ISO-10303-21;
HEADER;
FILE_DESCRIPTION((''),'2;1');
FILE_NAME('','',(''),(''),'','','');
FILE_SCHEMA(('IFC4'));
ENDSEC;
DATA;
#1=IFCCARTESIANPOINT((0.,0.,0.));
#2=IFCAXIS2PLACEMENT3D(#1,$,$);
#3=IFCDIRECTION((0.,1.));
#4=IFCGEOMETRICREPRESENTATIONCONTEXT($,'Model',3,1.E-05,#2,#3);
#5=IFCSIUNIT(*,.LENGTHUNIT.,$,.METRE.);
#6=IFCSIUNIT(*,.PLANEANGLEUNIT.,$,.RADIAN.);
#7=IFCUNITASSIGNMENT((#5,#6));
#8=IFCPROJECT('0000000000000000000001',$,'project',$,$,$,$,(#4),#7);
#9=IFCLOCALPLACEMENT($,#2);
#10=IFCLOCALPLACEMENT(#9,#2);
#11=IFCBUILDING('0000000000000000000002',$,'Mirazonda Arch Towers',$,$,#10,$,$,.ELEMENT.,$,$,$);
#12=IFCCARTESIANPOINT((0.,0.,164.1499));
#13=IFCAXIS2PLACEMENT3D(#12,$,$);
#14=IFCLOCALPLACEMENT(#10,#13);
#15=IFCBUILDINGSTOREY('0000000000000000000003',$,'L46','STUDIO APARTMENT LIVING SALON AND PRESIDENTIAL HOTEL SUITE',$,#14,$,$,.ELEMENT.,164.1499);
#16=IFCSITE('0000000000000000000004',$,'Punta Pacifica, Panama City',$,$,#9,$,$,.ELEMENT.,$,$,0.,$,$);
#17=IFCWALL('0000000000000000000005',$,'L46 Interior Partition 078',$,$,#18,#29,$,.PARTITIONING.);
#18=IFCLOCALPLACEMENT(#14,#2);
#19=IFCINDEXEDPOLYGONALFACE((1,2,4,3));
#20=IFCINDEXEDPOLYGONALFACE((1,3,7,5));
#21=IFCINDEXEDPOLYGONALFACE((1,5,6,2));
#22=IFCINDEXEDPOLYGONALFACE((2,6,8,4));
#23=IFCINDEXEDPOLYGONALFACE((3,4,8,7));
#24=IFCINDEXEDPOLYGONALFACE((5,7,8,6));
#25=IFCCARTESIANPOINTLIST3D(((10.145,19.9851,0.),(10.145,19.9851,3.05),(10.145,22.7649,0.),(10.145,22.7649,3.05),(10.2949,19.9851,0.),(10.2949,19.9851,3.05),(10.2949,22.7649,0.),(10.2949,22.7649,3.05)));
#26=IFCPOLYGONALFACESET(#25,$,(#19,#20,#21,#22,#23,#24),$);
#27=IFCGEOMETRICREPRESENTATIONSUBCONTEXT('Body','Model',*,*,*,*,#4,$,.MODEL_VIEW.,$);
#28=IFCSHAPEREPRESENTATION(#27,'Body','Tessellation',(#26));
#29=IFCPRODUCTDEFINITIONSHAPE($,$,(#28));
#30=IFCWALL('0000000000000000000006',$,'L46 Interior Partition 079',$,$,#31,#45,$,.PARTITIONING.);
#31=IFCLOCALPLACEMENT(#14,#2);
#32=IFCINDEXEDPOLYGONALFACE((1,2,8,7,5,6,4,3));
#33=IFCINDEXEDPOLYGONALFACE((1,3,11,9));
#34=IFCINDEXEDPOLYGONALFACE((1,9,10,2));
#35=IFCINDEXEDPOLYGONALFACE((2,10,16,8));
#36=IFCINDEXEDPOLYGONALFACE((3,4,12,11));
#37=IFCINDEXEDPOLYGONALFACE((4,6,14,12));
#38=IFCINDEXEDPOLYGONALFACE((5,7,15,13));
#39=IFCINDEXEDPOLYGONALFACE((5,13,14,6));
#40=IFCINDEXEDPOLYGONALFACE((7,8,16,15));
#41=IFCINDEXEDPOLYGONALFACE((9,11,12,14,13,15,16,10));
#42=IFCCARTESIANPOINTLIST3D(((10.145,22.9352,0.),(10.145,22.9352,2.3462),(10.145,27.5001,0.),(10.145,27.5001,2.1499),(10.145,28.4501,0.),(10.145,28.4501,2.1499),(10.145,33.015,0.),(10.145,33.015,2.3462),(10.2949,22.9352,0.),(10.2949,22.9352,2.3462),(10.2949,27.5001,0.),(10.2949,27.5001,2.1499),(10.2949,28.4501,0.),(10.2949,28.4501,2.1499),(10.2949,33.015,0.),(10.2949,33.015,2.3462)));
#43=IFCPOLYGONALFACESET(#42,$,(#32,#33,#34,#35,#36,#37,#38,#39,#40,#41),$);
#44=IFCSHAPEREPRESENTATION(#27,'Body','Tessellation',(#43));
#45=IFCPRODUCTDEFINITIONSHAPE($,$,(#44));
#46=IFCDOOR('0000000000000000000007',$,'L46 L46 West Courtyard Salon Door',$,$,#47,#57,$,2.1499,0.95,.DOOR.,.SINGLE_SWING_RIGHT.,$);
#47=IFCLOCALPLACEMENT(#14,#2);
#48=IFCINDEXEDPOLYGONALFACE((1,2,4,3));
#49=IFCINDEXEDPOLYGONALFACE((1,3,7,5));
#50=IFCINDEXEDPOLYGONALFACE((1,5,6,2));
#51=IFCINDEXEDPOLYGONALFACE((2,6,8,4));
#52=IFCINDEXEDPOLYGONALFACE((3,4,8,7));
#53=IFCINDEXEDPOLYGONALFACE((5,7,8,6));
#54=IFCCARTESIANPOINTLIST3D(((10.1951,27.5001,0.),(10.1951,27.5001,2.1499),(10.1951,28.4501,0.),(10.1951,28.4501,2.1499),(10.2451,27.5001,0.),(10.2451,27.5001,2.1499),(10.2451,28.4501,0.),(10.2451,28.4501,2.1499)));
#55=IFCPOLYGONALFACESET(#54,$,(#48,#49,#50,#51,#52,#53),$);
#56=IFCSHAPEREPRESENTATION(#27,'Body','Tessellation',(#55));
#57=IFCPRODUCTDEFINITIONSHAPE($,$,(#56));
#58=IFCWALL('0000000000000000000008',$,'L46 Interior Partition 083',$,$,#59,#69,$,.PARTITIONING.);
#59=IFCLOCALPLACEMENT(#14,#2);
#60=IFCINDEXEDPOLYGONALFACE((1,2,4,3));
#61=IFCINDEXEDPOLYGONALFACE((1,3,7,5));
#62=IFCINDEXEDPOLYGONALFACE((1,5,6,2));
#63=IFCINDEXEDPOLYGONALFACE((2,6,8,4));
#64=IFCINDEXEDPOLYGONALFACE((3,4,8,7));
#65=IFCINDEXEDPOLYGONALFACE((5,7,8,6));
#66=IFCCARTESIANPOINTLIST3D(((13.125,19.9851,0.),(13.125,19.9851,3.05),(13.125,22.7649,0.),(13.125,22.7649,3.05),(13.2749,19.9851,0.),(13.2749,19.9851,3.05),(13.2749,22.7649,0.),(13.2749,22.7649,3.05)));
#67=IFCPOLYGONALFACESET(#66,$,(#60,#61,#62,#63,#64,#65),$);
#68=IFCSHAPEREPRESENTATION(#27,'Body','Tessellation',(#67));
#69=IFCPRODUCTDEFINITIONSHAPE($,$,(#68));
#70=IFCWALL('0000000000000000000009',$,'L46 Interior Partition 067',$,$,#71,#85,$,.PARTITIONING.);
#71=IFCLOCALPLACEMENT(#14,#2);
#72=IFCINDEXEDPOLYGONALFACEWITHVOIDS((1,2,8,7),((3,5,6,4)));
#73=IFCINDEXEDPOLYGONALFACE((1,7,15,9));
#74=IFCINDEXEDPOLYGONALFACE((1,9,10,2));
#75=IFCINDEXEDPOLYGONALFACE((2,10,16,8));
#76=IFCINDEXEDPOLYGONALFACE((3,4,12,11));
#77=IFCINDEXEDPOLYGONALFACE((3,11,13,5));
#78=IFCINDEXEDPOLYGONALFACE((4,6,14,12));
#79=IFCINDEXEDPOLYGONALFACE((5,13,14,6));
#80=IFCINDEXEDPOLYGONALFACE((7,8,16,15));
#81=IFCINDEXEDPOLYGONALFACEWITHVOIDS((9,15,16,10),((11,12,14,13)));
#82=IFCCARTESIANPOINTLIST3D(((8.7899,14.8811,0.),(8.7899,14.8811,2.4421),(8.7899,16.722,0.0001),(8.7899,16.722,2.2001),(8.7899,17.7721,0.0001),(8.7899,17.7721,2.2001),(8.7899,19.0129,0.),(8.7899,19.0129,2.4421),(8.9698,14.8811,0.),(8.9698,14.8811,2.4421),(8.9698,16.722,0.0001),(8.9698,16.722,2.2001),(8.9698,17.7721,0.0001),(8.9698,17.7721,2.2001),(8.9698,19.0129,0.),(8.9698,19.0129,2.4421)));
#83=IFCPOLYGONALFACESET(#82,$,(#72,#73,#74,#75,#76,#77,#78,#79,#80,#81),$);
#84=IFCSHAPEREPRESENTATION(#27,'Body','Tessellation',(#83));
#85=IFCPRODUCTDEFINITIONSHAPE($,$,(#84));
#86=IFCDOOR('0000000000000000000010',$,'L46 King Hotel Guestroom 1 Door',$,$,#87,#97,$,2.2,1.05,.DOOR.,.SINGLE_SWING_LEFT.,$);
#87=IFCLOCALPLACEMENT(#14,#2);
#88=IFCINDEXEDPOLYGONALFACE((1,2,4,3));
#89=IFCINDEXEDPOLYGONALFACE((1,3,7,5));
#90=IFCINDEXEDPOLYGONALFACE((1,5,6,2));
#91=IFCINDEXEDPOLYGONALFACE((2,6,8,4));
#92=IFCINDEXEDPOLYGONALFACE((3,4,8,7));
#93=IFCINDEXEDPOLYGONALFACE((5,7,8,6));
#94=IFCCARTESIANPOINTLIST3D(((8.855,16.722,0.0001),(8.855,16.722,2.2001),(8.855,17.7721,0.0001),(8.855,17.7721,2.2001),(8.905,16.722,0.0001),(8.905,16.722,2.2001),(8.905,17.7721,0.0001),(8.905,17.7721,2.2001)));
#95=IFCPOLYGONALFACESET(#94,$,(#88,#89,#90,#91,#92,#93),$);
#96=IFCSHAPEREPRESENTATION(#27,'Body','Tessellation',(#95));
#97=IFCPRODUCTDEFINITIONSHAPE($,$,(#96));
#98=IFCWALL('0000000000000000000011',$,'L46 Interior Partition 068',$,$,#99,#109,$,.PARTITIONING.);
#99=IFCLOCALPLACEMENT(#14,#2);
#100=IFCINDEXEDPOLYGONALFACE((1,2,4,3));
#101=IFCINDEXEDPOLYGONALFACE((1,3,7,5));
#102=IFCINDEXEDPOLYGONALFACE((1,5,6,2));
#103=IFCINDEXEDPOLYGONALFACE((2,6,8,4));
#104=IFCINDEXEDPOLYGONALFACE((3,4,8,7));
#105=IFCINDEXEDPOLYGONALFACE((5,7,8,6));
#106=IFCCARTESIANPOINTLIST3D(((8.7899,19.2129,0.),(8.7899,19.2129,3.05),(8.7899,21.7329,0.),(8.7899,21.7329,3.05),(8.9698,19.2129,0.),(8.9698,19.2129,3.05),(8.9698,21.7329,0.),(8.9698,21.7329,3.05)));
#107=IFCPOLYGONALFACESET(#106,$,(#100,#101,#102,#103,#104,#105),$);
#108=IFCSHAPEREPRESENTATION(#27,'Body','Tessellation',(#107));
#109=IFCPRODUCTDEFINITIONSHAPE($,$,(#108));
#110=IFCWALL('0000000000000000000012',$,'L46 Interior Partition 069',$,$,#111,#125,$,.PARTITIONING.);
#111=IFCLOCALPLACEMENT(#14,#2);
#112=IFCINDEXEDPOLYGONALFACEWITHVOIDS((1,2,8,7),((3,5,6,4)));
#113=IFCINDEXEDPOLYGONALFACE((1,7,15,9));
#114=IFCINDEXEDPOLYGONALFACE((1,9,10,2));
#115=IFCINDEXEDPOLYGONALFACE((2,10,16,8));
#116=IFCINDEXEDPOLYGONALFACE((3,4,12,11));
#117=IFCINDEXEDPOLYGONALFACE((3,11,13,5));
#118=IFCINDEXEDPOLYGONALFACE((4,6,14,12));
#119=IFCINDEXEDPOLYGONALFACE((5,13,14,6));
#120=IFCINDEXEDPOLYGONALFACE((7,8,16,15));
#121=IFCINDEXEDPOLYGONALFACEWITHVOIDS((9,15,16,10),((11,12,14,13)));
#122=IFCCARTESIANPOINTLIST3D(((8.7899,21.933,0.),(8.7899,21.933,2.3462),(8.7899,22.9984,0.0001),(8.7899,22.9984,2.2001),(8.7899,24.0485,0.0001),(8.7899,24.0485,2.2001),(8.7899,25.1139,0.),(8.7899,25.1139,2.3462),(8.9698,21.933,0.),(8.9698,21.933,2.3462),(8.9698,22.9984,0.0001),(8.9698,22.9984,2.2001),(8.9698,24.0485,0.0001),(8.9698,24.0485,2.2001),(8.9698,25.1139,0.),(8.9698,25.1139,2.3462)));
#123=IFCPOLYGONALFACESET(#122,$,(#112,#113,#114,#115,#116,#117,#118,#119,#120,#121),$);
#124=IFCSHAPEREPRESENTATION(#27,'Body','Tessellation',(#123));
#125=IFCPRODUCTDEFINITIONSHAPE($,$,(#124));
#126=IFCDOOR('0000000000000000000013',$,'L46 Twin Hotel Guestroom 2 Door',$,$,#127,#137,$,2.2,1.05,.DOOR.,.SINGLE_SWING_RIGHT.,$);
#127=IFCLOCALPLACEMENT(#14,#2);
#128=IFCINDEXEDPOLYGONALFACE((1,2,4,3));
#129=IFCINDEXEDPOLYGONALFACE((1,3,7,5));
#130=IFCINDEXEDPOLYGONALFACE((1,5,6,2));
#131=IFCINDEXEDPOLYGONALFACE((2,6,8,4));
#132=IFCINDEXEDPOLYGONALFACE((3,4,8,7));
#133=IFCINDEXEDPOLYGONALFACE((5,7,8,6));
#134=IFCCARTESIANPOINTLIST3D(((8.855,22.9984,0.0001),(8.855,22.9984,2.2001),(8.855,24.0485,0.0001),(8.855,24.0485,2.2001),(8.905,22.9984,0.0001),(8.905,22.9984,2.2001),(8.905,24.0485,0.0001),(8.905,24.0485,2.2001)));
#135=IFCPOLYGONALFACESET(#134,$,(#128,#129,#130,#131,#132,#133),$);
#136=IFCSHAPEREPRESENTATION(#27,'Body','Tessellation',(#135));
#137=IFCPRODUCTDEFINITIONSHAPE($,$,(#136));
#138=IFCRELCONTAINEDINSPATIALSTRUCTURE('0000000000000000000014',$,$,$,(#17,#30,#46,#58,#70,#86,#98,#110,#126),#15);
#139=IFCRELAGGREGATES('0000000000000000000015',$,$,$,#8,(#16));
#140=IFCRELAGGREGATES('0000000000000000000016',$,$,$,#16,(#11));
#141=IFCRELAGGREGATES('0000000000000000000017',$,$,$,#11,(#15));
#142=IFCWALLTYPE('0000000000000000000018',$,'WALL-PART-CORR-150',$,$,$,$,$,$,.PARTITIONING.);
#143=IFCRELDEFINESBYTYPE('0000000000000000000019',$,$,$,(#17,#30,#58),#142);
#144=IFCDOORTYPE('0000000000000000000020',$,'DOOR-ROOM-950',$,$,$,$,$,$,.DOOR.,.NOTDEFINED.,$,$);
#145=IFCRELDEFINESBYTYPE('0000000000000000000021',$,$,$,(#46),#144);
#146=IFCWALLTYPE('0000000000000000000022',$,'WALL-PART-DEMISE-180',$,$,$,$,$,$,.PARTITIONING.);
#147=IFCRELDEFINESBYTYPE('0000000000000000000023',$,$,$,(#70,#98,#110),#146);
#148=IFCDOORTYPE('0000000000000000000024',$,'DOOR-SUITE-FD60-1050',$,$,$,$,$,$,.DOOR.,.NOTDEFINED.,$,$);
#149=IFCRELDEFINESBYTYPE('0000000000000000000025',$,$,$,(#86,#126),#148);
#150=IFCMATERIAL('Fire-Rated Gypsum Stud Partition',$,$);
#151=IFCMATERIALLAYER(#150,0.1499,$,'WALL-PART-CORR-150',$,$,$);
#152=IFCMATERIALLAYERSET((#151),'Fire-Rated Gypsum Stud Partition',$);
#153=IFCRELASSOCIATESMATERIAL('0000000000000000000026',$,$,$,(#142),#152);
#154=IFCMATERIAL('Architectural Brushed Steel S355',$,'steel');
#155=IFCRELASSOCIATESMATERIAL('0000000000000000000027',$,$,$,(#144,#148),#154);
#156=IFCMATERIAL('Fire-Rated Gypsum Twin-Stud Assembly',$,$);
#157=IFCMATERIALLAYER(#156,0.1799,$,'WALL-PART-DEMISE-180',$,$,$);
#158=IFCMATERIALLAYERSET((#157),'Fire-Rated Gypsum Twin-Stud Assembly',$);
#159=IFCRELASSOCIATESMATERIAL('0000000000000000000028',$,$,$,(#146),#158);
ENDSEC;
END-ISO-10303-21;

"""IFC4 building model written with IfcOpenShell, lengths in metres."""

from ifc_helpers import new_model, si_unit, direction, frame, frame_2d, origin, place, context, subcontext, project, spatial, rectangle, extrude, material, layer, layer_set, type_object, element, fill, save


model = new_model("IFC4")

# Units and contexts
model_context = context("Model", 3, precision=1e-05, world=origin(), true_north=direction((0.0, 1.0)))
body_context = subcontext(model_context, "Body", "Model", "MODEL_VIEW")
ifc_project = project(units=[si_unit("LENGTHUNIT", "METRE"), si_unit("PLANEANGLEUNIT", "RADIAN")], contexts=[model_context])

# Site, building, storey
site_placement = place(None, origin())
site = spatial("IfcSite", under=ifc_project, at=site_placement, Name="Punta Pacifica, Panama City", CompositionType="ELEMENT", RefElevation=0.0)
building_placement = place(site_placement, origin())
building = spatial("IfcBuilding", under=site, at=building_placement, Name="Mirazonda Arch Towers", CompositionType="ELEMENT")
storey_placement = place(building_placement, frame((0.0, 0.0, 164.1499)))
storey = spatial("IfcBuildingStorey", under=building, at=storey_placement, Name="L46", Description="STUDIO APARTMENT LIVING SALON AND PRESIDENTIAL HOTEL SUITE", CompositionType="ELEMENT", Elevation=164.1499)

# Shared definitions
ifc_material_1 = material(Name="Architectural Brushed Steel S355", Category="steel")

# Shared definitions
ifc_material_2 = material(Name="Fire-Rated Gypsum Stud Partition")
ifc_layer_1 = layer(ifc_material_2, 0.1499, Name="WALL-PART-CORR-150")
ifc_layer_set_1 = layer_set([ifc_layer_1], Name="Fire-Rated Gypsum Stud Partition")
wall_type_1 = type_object("IfcWallType", Name="WALL-PART-CORR-150", PredefinedType="PARTITIONING", material=ifc_layer_set_1)

# Shared definitions
door_type_1 = type_object("IfcDoorType", Name="DOOR-ROOM-950", OperationType="NOTDEFINED", PredefinedType="DOOR", material=ifc_material_1)

# Wall
wall_1_placement = place(storey_placement, frame((10.22, 19.9851, 0.0), z_axis=(0.0, 0.0, 1.0), x_axis=(0.0, 1.0, 0.0)))
element("IfcWall", 1, at=wall_1_placement, inside=storey, type_object=wall_type_1, Name="L46 Interior Partition 078", PredefinedType="PARTITIONING", context=body_context, shape_type="SweptSolid", body=[
    extrude(rectangle(XDim=2.7798, YDim=0.1499, at=frame_2d((1.3899, 0.0))), origin(), (0.0, 0.0, 1.0), 3.05),
])

# Wall, opening, door
wall_2_placement = place(storey_placement, frame((10.22, 22.9351, 0.0), z_axis=(0.0, 0.0, 1.0), x_axis=(0.0, 1.0, 0.0)))
wall_2 = element("IfcWall", 2, at=wall_2_placement, inside=storey, type_object=wall_type_1, Name="L46 Interior Partition 079", PredefinedType="PARTITIONING", context=body_context, shape_type="SweptSolid", body=[
    extrude(rectangle(XDim=10.0798, YDim=0.1499, at=frame_2d((5.04, 0.0))), origin(), (0.0, 0.0, 1.0), 2.3462),
])
opening_1_placement = place(wall_2_placement, frame((4.5649, 0.0, 0.0)))
opening_1 = element("IfcOpeningElement", 3, at=opening_1_placement, cuts=wall_2, PredefinedType="OPENING", context=body_context, shape_type="SweptSolid", body=[
    extrude(rectangle(XDim=0.95, YDim=2.1499, at=frame_2d((0.4751, 1.075))), frame((0.0, 0.085, 0.0), z_axis=(0.0, -1.0, 0.0), x_axis=(1.0, 0.0, 0.0)), (0.0, 0.0, 1.0), 0.1699),
])
door_1_placement = place(opening_1_placement, origin())
door_1 = element("IfcDoor", 4, at=door_1_placement, inside=storey, type_object=door_type_1, Name="L46 L46 West Courtyard Salon Door", OperationType="SINGLE_SWING_RIGHT", OverallHeight=2.1499, OverallWidth=0.95, PredefinedType="DOOR", context=body_context, shape_type="SweptSolid", body=[
    extrude(rectangle(XDim=0.95, YDim=2.1499, at=frame_2d((0.4751, 1.075))), frame((0.0, 0.0249, 0.0), z_axis=(0.0, -1.0, 0.0), x_axis=(1.0, 0.0, 0.0)), (0.0, 0.0, 1.0), 0.05),
])
fill(opening_1, door_1)

# Wall
wall_3_placement = place(storey_placement, frame((13.2, 19.9851, 0.0), z_axis=(0.0, 0.0, 1.0), x_axis=(0.0, 1.0, 0.0)))
element("IfcWall", 5, at=wall_3_placement, inside=storey, type_object=wall_type_1, Name="L46 Interior Partition 083", PredefinedType="PARTITIONING", context=body_context, shape_type="SweptSolid", body=[
    extrude(rectangle(XDim=2.7798, YDim=0.1499, at=frame_2d((1.3899, 0.0))), origin(), (0.0, 0.0, 1.0), 3.05),
])

# Wall, opening, door
ifc_material_3 = material(Name="Fire-Rated Gypsum Twin-Stud Assembly")
ifc_layer_2 = layer(ifc_material_3, 0.1799, Name="WALL-PART-DEMISE-180")
ifc_layer_set_2 = layer_set([ifc_layer_2], Name="Fire-Rated Gypsum Twin-Stud Assembly")
wall_type_2 = type_object("IfcWallType", Name="WALL-PART-DEMISE-180", PredefinedType="PARTITIONING", material=ifc_layer_set_2)
wall_4_placement = place(storey_placement, frame((8.8799, 14.8811, 0.0), z_axis=(0.0, 0.0, 1.0), x_axis=(0.0, 1.0, 0.0)))
wall_4 = element("IfcWall", 6, at=wall_4_placement, inside=storey, type_object=wall_type_2, Name="L46 Interior Partition 067", PredefinedType="PARTITIONING", context=body_context, shape_type="SweptSolid", body=[
    extrude(rectangle(XDim=4.1318, YDim=0.1799, at=frame_2d((2.0659, 0.0))), origin(), (0.0, 0.0, 1.0), 2.4421),
])
opening_2_placement = place(wall_4_placement, frame((1.8411, 0.0, 0.0)))
opening_2 = element("IfcOpeningElement", 7, at=opening_2_placement, cuts=wall_4, PredefinedType="OPENING", context=body_context, shape_type="SweptSolid", body=[
    extrude(rectangle(XDim=1.05, YDim=2.2, at=frame_2d((0.5249, 1.1001))), frame((0.0, 0.0999, 0.0), z_axis=(0.0, -1.0, 0.0), x_axis=(1.0, 0.0, 0.0)), (0.0, 0.0, 1.0), 0.2),
])
door_type_2 = type_object("IfcDoorType", Name="DOOR-SUITE-FD60-1050", OperationType="NOTDEFINED", PredefinedType="DOOR", material=ifc_material_1)
door_2_placement = place(opening_2_placement, origin())
door_2 = element("IfcDoor", 8, at=door_2_placement, inside=storey, type_object=door_type_2, Name="L46 King Hotel Guestroom 1 Door", OperationType="SINGLE_SWING_LEFT", OverallHeight=2.2, OverallWidth=1.05, PredefinedType="DOOR", context=body_context, shape_type="SweptSolid", body=[
    extrude(rectangle(XDim=1.05, YDim=2.2, at=frame_2d((0.5249, 1.1001))), frame((0.0, 0.0249, 0.0), z_axis=(0.0, -1.0, 0.0), x_axis=(1.0, 0.0, 0.0)), (0.0, 0.0, 1.0), 0.05),
])
fill(opening_2, door_2)

# Wall
wall_5_placement = place(storey_placement, frame((8.8799, 19.2129, 0.0), z_axis=(0.0, 0.0, 1.0), x_axis=(0.0, 1.0, 0.0)))
element("IfcWall", 9, at=wall_5_placement, inside=storey, type_object=wall_type_2, Name="L46 Interior Partition 068", PredefinedType="PARTITIONING", context=body_context, shape_type="SweptSolid", body=[
    extrude(rectangle(XDim=2.52, YDim=0.1799, at=frame_2d((1.26, 0.0))), origin(), (0.0, 0.0, 1.0), 3.05),
])

# Wall, opening, door
wall_6_placement = place(storey_placement, frame((8.8799, 21.9331, 0.0), z_axis=(0.0, 0.0, 1.0), x_axis=(0.0, 1.0, 0.0)))
wall_6 = element("IfcWall", 10, at=wall_6_placement, inside=storey, type_object=wall_type_2, Name="L46 Interior Partition 069", PredefinedType="PARTITIONING", context=body_context, shape_type="SweptSolid", body=[
    extrude(rectangle(XDim=3.1809, YDim=0.1799, at=frame_2d((1.5903, 0.0))), origin(), (0.0, 0.0, 1.0), 2.3462),
])
opening_3_placement = place(wall_6_placement, frame((1.0654, 0.0, 0.0)))
opening_3 = element("IfcOpeningElement", 11, at=opening_3_placement, cuts=wall_6, PredefinedType="OPENING", context=body_context, shape_type="SweptSolid", body=[
    extrude(rectangle(XDim=1.05, YDim=2.2, at=frame_2d((0.5249, 1.1001))), frame((0.0, 0.0999, 0.0), z_axis=(0.0, -1.0, 0.0), x_axis=(1.0, 0.0, 0.0)), (0.0, 0.0, 1.0), 0.2),
])
door_3_placement = place(opening_3_placement, origin())
door_3 = element("IfcDoor", 12, at=door_3_placement, inside=storey, type_object=door_type_2, Name="L46 Twin Hotel Guestroom 2 Door", OperationType="SINGLE_SWING_RIGHT", OverallHeight=2.2, OverallWidth=1.05, PredefinedType="DOOR", context=body_context, shape_type="SweptSolid", body=[
    extrude(rectangle(XDim=1.05, YDim=2.2, at=frame_2d((0.5249, 1.1001))), frame((0.0, 0.0249, 0.0), z_axis=(0.0, -1.0, 0.0), x_axis=(1.0, 0.0, 0.0)), (0.0, 0.0, 1.0), 0.05),
])
fill(opening_3, door_3)

save(model, "model.ifc")
